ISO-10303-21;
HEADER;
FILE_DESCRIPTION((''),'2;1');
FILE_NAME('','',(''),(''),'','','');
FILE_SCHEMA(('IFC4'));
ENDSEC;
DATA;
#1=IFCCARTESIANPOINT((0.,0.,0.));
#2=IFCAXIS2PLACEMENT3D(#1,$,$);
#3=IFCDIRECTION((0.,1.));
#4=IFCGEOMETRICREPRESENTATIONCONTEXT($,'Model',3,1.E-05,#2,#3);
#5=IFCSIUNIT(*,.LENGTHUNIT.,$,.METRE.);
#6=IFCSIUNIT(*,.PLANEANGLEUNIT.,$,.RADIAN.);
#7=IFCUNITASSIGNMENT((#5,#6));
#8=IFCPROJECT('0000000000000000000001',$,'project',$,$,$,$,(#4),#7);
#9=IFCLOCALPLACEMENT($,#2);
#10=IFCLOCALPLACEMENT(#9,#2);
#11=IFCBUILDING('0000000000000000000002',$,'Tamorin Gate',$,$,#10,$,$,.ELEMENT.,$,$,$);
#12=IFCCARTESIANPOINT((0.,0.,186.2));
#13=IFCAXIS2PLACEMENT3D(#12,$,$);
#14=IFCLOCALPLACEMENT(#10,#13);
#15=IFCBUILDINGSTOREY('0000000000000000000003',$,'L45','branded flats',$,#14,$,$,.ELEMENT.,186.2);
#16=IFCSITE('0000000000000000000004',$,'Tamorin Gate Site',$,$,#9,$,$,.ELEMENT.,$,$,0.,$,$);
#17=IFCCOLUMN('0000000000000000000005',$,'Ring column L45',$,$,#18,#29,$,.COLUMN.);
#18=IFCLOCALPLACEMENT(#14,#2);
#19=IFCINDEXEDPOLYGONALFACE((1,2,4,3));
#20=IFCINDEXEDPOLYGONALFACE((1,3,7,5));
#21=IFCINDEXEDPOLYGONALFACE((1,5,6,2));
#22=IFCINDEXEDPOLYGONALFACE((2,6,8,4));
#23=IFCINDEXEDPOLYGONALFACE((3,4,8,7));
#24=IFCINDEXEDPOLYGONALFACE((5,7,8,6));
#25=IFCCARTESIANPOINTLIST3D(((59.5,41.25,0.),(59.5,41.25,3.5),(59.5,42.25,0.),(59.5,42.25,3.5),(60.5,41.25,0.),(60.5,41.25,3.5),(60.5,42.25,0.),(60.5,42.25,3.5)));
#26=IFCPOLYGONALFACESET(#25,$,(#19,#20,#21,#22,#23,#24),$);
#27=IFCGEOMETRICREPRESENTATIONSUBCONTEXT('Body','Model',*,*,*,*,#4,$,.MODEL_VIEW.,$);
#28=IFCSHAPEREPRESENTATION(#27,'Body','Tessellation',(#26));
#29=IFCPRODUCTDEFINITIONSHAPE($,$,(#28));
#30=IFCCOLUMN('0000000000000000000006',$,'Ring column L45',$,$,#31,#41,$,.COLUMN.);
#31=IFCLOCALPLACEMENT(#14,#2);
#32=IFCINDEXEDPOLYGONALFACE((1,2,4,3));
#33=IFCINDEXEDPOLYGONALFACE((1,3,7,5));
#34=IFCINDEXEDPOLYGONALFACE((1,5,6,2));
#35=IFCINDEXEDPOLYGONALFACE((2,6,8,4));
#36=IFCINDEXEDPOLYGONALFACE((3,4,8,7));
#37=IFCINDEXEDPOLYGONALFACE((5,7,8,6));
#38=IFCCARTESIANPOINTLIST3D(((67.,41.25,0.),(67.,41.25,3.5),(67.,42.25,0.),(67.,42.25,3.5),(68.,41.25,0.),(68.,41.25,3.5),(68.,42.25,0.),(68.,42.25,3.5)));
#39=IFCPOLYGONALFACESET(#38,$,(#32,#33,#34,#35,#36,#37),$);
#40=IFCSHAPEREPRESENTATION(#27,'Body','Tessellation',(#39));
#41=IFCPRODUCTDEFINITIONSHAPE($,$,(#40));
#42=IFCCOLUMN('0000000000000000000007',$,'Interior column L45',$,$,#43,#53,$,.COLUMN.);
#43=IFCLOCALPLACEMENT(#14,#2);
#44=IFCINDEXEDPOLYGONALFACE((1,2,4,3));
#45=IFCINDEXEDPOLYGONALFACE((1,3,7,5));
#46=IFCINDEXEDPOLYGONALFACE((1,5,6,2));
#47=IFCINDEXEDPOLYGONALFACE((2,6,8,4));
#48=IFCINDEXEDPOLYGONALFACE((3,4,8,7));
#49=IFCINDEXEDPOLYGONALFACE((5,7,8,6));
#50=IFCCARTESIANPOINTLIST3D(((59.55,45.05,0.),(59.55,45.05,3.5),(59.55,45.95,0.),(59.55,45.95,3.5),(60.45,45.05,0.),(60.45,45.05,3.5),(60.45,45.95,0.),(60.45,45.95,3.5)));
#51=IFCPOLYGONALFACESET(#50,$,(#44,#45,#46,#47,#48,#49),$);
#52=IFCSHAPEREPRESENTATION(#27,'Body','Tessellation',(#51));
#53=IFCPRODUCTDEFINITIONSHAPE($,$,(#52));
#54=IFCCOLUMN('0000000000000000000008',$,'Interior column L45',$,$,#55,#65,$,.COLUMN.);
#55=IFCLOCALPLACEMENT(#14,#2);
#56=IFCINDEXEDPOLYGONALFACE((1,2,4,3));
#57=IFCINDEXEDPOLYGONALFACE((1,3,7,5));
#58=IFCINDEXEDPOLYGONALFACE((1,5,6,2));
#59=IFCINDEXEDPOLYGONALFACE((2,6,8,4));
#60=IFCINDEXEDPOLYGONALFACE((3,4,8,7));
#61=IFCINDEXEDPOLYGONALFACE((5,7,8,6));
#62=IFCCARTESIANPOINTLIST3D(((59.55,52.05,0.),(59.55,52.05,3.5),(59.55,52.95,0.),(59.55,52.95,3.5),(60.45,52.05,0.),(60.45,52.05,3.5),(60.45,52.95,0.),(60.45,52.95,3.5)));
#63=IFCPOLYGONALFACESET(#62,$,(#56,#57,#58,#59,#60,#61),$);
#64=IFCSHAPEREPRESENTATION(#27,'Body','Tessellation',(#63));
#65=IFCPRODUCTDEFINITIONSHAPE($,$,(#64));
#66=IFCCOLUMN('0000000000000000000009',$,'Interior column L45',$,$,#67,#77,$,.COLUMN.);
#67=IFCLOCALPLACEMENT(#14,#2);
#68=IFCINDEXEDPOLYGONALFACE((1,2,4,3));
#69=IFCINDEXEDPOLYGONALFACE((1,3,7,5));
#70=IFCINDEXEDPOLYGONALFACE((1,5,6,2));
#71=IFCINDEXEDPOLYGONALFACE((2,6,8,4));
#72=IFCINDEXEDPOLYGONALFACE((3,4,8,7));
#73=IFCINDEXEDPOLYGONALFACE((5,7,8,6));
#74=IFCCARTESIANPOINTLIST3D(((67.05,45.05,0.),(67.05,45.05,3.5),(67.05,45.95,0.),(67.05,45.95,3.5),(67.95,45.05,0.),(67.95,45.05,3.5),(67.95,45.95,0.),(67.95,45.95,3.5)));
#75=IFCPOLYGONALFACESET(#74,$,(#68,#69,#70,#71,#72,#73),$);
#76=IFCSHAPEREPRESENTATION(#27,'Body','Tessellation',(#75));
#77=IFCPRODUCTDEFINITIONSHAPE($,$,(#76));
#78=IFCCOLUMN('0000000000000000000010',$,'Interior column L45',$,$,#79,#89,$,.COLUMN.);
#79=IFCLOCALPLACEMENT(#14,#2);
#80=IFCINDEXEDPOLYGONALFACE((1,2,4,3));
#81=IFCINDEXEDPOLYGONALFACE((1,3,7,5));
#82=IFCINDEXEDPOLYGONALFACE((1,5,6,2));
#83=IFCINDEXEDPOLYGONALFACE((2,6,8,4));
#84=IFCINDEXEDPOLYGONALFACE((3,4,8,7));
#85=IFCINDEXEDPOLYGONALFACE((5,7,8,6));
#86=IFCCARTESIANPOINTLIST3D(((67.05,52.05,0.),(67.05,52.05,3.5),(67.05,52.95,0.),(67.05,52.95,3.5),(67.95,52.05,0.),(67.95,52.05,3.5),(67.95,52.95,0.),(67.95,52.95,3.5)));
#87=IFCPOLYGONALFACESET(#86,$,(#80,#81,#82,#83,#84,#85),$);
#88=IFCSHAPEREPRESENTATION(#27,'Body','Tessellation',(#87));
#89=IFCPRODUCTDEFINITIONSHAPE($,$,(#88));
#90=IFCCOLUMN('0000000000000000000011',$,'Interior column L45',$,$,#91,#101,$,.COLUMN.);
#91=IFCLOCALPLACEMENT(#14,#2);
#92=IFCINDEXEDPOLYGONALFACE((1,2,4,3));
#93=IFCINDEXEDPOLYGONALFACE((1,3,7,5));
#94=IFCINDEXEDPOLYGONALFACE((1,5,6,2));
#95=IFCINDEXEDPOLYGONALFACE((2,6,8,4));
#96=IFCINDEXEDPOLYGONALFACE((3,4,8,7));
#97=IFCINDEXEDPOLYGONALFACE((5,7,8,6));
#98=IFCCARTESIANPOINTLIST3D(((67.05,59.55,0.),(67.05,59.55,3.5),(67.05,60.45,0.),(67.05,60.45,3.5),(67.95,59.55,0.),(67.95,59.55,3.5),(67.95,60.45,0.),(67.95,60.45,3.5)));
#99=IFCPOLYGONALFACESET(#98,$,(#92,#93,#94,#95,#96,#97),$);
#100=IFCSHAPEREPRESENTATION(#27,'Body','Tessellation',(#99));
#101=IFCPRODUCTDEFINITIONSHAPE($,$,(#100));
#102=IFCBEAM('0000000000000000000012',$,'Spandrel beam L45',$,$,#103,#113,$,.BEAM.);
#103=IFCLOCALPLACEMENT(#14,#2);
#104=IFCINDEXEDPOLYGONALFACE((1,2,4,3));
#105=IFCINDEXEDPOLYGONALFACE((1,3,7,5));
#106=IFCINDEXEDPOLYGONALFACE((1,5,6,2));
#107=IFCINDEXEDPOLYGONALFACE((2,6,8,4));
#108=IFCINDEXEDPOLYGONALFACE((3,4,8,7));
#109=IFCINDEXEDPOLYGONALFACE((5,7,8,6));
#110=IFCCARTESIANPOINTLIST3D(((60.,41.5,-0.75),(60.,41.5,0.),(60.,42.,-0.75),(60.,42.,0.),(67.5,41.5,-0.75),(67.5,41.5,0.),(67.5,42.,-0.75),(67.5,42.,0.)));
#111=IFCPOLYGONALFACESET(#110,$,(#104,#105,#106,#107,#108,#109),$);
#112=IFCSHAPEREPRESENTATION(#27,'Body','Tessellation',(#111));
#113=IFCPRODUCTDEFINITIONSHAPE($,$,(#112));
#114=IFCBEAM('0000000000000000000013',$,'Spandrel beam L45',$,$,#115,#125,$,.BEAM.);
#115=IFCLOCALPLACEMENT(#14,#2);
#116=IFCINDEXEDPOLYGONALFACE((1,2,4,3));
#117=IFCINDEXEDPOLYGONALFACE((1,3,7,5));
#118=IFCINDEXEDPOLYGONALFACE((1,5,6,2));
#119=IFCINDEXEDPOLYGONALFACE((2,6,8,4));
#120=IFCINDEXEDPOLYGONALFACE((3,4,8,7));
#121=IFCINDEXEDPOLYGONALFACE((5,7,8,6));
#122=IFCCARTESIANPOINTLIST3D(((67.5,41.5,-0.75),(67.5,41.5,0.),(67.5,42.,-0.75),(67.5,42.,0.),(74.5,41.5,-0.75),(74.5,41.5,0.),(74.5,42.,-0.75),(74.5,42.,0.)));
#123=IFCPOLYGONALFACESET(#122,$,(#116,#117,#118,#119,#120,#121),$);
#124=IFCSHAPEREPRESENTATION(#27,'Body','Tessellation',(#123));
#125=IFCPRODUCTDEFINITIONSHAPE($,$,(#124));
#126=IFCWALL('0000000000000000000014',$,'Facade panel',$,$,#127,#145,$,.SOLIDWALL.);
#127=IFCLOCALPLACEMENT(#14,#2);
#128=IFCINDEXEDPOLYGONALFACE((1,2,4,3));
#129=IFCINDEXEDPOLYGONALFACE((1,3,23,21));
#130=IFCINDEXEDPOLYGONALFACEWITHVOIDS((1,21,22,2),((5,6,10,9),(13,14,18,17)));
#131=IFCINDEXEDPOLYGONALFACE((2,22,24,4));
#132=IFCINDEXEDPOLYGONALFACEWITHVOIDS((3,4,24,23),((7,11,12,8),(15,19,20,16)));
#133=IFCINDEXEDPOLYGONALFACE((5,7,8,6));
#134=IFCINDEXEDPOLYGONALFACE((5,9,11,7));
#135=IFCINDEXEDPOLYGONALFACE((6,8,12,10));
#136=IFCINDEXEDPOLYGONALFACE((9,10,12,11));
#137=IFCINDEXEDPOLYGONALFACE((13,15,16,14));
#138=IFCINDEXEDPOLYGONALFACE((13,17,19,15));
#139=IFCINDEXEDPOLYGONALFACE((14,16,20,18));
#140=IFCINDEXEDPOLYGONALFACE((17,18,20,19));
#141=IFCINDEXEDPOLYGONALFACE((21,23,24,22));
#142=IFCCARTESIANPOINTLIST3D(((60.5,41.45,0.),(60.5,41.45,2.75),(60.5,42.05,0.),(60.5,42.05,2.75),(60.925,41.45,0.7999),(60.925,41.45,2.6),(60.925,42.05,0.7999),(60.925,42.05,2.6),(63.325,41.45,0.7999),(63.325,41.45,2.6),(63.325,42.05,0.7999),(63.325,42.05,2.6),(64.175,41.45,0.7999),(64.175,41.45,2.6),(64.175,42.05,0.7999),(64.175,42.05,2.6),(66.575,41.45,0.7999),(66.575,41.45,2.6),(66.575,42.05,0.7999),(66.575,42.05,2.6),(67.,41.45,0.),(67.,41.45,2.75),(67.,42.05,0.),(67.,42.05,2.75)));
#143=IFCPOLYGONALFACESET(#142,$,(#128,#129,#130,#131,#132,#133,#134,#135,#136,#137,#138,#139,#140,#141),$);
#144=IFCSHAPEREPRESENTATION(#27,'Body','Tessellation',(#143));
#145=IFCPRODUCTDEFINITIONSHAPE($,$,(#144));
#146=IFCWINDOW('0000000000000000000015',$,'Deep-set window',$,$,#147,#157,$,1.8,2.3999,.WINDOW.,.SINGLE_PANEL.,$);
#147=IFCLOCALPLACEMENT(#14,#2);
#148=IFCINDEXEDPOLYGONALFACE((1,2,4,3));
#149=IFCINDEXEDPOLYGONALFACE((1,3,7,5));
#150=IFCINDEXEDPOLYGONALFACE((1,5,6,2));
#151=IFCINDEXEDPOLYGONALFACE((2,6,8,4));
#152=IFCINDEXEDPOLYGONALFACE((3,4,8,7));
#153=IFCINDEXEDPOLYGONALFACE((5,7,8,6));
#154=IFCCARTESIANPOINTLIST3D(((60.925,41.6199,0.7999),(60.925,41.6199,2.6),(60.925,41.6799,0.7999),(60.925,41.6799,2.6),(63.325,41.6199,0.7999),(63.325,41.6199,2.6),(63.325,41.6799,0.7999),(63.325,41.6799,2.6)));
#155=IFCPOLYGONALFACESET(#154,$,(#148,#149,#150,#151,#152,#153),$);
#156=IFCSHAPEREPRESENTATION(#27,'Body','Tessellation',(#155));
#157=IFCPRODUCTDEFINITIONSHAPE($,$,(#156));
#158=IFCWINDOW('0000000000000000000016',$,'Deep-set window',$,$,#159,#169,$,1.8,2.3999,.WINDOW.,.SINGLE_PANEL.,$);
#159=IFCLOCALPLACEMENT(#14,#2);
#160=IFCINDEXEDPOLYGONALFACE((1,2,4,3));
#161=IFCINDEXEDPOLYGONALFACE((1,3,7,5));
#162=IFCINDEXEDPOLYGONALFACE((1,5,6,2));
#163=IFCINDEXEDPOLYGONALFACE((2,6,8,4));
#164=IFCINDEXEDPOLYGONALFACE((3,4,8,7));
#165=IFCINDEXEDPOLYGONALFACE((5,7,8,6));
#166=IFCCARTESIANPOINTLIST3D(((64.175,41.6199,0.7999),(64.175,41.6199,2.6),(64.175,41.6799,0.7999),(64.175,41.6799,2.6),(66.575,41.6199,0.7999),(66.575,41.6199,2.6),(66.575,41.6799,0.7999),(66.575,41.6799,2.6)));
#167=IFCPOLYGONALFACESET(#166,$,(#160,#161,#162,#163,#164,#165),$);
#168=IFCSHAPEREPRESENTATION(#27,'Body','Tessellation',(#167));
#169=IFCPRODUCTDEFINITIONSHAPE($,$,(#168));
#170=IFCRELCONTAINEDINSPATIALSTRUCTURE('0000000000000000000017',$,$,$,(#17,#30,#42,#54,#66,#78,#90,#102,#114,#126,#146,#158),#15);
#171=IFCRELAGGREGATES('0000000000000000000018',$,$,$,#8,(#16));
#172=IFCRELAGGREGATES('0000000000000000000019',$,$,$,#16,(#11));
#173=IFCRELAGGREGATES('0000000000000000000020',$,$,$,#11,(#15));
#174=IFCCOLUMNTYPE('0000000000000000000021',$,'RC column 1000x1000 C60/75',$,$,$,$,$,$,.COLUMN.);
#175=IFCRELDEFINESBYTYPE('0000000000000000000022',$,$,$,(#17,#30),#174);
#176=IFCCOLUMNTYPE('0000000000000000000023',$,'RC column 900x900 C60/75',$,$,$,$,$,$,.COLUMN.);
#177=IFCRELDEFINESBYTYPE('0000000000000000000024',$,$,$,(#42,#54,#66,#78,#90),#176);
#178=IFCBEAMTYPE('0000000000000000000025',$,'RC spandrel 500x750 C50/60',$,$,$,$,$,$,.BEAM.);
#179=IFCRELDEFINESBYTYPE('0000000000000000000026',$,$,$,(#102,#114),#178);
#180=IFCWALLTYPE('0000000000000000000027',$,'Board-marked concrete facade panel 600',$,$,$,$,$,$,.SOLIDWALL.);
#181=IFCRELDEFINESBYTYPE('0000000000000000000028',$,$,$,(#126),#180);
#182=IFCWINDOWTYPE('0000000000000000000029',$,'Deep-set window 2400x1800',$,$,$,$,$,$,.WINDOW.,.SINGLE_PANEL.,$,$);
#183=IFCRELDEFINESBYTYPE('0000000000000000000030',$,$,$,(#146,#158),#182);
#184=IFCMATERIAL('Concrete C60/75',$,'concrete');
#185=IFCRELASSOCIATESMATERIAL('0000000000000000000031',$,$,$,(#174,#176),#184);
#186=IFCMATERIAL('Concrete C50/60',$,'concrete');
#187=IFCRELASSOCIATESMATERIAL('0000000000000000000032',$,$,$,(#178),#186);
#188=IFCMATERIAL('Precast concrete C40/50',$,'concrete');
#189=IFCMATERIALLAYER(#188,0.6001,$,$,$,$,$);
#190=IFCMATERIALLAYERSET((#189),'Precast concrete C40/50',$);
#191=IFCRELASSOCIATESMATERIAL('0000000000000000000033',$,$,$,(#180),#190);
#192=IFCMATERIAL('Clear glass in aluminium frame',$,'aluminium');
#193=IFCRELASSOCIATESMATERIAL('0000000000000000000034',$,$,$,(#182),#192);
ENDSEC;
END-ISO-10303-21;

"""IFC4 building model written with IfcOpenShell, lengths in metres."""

from ifc_helpers import new_model, si_unit, direction, frame, frame_2d, origin, origin_2d, place, context, subcontext, project, spatial, rectangle, extrude, material, layer, layer_set, material_profile, profile_set, type_object, element, fill, save


model = new_model("IFC4")

# Units and contexts
model_context = context("Model", 3, precision=1e-05, world=origin(), true_north=direction((0.0, 1.0)))
body_context = subcontext(model_context, "Body", "Model", "MODEL_VIEW")
ifc_project = project(units=[si_unit("LENGTHUNIT", "METRE"), si_unit("PLANEANGLEUNIT", "RADIAN")], contexts=[model_context])

# Site, building, storey
site_placement = place(None, origin())
site = spatial("IfcSite", under=ifc_project, at=site_placement, Name="Tamorin Gate Site", CompositionType="ELEMENT", RefElevation=0.0)
building_placement = place(site_placement, origin())
building = spatial("IfcBuilding", under=site, at=building_placement, Name="Tamorin Gate", CompositionType="ELEMENT")
storey_placement = place(building_placement, frame((0.0, 0.0, 186.2)))
storey = spatial("IfcBuildingStorey", under=building, at=storey_placement, Name="L45", Description="branded flats", CompositionType="ELEMENT", Elevation=186.2)

# Columns
ifc_material_1 = material(Name="Concrete C60/75", Category="concrete")
ifc_material_profile_1 = material_profile(ifc_material_1, rectangle(XDim=1.0, YDim=1.0, at=origin_2d()), Name="RC 1000x1000")
ifc_profile_set_1 = profile_set([ifc_material_profile_1], Name="Concrete C60/75")
column_type_1 = type_object("IfcColumnType", Name="RC column 1000x1000 C60/75", PredefinedType="COLUMN", material=ifc_profile_set_1)
for number, where, z_axis, x_axis, name in (
    (1, (60.0, 41.75, 0.0), (0.0, 0.0, 1.0), (1.0, 0.0, 0.0), "Ring column L45"),
    (2, (67.5, 41.75, 0.0), (0.0, 0.0, 1.0), (1.0, 0.0, 0.0), "Ring column L45"),
):
    element("IfcColumn", number, at=place(storey_placement, frame(where, z_axis=z_axis, x_axis=x_axis)), inside=storey, type_object=column_type_1, Name=name, PredefinedType="COLUMN", context=body_context, shape_type="SweptSolid", body=[
        extrude(rectangle(XDim=1.0, YDim=1.0, at=origin_2d()), origin(), (0.0, 0.0, 1.0), 3.5),
    ])
ifc_material_profile_2 = material_profile(ifc_material_1, rectangle(XDim=0.8999, YDim=0.8999, at=origin_2d()), Name="RC 900x900")
ifc_profile_set_2 = profile_set([ifc_material_profile_2], Name="Concrete C60/75")
column_type_2 = type_object("IfcColumnType", Name="RC column 900x900 C60/75", PredefinedType="COLUMN", material=ifc_profile_set_2)
for number, where, z_axis, x_axis, name in (
    (3, (60.0, 45.5, 0.0), (0.0, 0.0, 1.0), (1.0, 0.0, 0.0), "Interior column L45"),
    (4, (60.0, 52.5, 0.0), (0.0, 0.0, 1.0), (1.0, 0.0, 0.0), "Interior column L45"),
    (5, (67.5, 45.5, 0.0), (0.0, 0.0, 1.0), (1.0, 0.0, 0.0), "Interior column L45"),
    (6, (67.5, 52.5, 0.0), (0.0, 0.0, 1.0), (1.0, 0.0, 0.0), "Interior column L45"),
    (7, (67.5, 60.0, 0.0), (0.0, 0.0, 1.0), (1.0, 0.0, 0.0), "Interior column L45"),
):
    element("IfcColumn", number, at=place(storey_placement, frame(where, z_axis=z_axis, x_axis=x_axis)), inside=storey, type_object=column_type_2, Name=name, PredefinedType="COLUMN", context=body_context, shape_type="SweptSolid", body=[
        extrude(rectangle(XDim=0.8999, YDim=0.8999, at=origin_2d()), origin(), (0.0, 0.0, 1.0), 3.5),
    ])

# Beams
ifc_material_2 = material(Name="Concrete C50/60", Category="concrete")
ifc_material_profile_3 = material_profile(ifc_material_2, rectangle(XDim=0.5, YDim=0.75, at=origin_2d()), Name="RC 500x750")
ifc_profile_set_3 = profile_set([ifc_material_profile_3], Name="Concrete C50/60")
beam_type = type_object("IfcBeamType", Name="RC spandrel 500x750 C50/60", PredefinedType="BEAM", material=ifc_profile_set_3)
beam_1_placement = place(storey_placement, frame((60.0, 41.75, -0.375), z_axis=(1.0, 0.0, 0.0), x_axis=(0.0, 1.0, 0.0)))
element("IfcBeam", 8, at=beam_1_placement, inside=storey, type_object=beam_type, Name="Spandrel beam L45", PredefinedType="BEAM", context=body_context, shape_type="SweptSolid", body=[
    extrude(rectangle(XDim=0.5, YDim=0.75, at=origin_2d()), origin(), (0.0, 0.0, 1.0), 7.5),
])
beam_2_placement = place(storey_placement, frame((67.5, 41.75, -0.375), z_axis=(1.0, 0.0, 0.0), x_axis=(0.0, 1.0, 0.0)))
element("IfcBeam", 9, at=beam_2_placement, inside=storey, type_object=beam_type, Name="Spandrel beam L45", PredefinedType="BEAM", context=body_context, shape_type="SweptSolid", body=[
    extrude(rectangle(XDim=0.5, YDim=0.75, at=origin_2d()), origin(), (0.0, 0.0, 1.0), 7.0),
])

# Wall, openings, windows
ifc_material_3 = material(Name="Precast concrete C40/50", Category="concrete")
ifc_layer_1 = layer(ifc_material_3, 0.6001)
ifc_layer_set_1 = layer_set([ifc_layer_1], Name="Precast concrete C40/50")
wall_type_1 = type_object("IfcWallType", Name="Board-marked concrete facade panel 600", PredefinedType="SOLIDWALL", material=ifc_layer_set_1)
wall_1_placement = place(storey_placement, frame((60.5, 41.75, 0.0), z_axis=(0.0, 0.0, 1.0), x_axis=(1.0, 0.0, 0.0)))
wall_1 = element("IfcWall", 10, at=wall_1_placement, inside=storey, type_object=wall_type_1, Name="Facade panel", PredefinedType="SOLIDWALL", context=body_context, shape_type="SweptSolid", body=[
    extrude(rectangle(XDim=6.5, YDim=0.6001, at=frame_2d((3.25, 0.0))), origin(), (0.0, 0.0, 1.0), 2.75),
])
opening_1_placement = place(wall_1_placement, frame((0.425, 0.0, 0.8)))
opening_1 = element("IfcOpeningElement", 11, at=opening_1_placement, cuts=wall_1, PredefinedType="OPENING", context=body_context, shape_type="SweptSolid", body=[
    extrude(rectangle(XDim=2.3999, YDim=1.8, at=frame_2d((1.2, 0.8999))), frame((0.0, 0.3101, 0.0), z_axis=(0.0, -1.0, 0.0), x_axis=(1.0, 0.0, 0.0)), (0.0, 0.0, 1.0), 0.6201),
])
opening_2_placement = place(wall_1_placement, frame((3.675, 0.0, 0.8)))
opening_2 = element("IfcOpeningElement", 12, at=opening_2_placement, cuts=wall_1, PredefinedType="OPENING", context=body_context, shape_type="SweptSolid", body=[
    extrude(rectangle(XDim=2.3999, YDim=1.8, at=frame_2d((1.2, 0.8999))), frame((0.0, 0.3101, 0.0), z_axis=(0.0, -1.0, 0.0), x_axis=(1.0, 0.0, 0.0)), (0.0, 0.0, 1.0), 0.6201),
])
ifc_material_4 = material(Name="Clear glass in aluminium frame", Category="aluminium")
window_type = type_object("IfcWindowType", Name="Deep-set window 2400x1800", PartitioningType="SINGLE_PANEL", PredefinedType="WINDOW", material=ifc_material_4)
window_1_placement = place(opening_1_placement, origin())
window_1 = element("IfcWindow", 13, at=window_1_placement, inside=storey, type_object=window_type, Name="Deep-set window", OverallHeight=1.8, OverallWidth=2.3999, PartitioningType="SINGLE_PANEL", PredefinedType="WINDOW", context=body_context, shape_type="SweptSolid", body=[
    extrude(rectangle(XDim=2.3999, YDim=1.8, at=frame_2d((1.2, 0.8999))), frame((0.0, -0.0701, 0.0), z_axis=(0.0, -1.0, 0.0), x_axis=(1.0, 0.0, 0.0)), (0.0, 0.0, 1.0), 0.0601),
])
fill(opening_1, window_1)
window_2_placement = place(opening_2_placement, origin())
window_2 = element("IfcWindow", 14, at=window_2_placement, inside=storey, type_object=window_type, Name="Deep-set window", OverallHeight=1.8, OverallWidth=2.3999, PartitioningType="SINGLE_PANEL", PredefinedType="WINDOW", context=body_context, shape_type="SweptSolid", body=[
    extrude(rectangle(XDim=2.3999, YDim=1.8, at=frame_2d((1.2, 0.8999))), frame((0.0, -0.0701, 0.0), z_axis=(0.0, -1.0, 0.0), x_axis=(1.0, 0.0, 0.0)), (0.0, 0.0, 1.0), 0.0601),
])
fill(opening_2, window_2)

save(model, "model.ifc")
